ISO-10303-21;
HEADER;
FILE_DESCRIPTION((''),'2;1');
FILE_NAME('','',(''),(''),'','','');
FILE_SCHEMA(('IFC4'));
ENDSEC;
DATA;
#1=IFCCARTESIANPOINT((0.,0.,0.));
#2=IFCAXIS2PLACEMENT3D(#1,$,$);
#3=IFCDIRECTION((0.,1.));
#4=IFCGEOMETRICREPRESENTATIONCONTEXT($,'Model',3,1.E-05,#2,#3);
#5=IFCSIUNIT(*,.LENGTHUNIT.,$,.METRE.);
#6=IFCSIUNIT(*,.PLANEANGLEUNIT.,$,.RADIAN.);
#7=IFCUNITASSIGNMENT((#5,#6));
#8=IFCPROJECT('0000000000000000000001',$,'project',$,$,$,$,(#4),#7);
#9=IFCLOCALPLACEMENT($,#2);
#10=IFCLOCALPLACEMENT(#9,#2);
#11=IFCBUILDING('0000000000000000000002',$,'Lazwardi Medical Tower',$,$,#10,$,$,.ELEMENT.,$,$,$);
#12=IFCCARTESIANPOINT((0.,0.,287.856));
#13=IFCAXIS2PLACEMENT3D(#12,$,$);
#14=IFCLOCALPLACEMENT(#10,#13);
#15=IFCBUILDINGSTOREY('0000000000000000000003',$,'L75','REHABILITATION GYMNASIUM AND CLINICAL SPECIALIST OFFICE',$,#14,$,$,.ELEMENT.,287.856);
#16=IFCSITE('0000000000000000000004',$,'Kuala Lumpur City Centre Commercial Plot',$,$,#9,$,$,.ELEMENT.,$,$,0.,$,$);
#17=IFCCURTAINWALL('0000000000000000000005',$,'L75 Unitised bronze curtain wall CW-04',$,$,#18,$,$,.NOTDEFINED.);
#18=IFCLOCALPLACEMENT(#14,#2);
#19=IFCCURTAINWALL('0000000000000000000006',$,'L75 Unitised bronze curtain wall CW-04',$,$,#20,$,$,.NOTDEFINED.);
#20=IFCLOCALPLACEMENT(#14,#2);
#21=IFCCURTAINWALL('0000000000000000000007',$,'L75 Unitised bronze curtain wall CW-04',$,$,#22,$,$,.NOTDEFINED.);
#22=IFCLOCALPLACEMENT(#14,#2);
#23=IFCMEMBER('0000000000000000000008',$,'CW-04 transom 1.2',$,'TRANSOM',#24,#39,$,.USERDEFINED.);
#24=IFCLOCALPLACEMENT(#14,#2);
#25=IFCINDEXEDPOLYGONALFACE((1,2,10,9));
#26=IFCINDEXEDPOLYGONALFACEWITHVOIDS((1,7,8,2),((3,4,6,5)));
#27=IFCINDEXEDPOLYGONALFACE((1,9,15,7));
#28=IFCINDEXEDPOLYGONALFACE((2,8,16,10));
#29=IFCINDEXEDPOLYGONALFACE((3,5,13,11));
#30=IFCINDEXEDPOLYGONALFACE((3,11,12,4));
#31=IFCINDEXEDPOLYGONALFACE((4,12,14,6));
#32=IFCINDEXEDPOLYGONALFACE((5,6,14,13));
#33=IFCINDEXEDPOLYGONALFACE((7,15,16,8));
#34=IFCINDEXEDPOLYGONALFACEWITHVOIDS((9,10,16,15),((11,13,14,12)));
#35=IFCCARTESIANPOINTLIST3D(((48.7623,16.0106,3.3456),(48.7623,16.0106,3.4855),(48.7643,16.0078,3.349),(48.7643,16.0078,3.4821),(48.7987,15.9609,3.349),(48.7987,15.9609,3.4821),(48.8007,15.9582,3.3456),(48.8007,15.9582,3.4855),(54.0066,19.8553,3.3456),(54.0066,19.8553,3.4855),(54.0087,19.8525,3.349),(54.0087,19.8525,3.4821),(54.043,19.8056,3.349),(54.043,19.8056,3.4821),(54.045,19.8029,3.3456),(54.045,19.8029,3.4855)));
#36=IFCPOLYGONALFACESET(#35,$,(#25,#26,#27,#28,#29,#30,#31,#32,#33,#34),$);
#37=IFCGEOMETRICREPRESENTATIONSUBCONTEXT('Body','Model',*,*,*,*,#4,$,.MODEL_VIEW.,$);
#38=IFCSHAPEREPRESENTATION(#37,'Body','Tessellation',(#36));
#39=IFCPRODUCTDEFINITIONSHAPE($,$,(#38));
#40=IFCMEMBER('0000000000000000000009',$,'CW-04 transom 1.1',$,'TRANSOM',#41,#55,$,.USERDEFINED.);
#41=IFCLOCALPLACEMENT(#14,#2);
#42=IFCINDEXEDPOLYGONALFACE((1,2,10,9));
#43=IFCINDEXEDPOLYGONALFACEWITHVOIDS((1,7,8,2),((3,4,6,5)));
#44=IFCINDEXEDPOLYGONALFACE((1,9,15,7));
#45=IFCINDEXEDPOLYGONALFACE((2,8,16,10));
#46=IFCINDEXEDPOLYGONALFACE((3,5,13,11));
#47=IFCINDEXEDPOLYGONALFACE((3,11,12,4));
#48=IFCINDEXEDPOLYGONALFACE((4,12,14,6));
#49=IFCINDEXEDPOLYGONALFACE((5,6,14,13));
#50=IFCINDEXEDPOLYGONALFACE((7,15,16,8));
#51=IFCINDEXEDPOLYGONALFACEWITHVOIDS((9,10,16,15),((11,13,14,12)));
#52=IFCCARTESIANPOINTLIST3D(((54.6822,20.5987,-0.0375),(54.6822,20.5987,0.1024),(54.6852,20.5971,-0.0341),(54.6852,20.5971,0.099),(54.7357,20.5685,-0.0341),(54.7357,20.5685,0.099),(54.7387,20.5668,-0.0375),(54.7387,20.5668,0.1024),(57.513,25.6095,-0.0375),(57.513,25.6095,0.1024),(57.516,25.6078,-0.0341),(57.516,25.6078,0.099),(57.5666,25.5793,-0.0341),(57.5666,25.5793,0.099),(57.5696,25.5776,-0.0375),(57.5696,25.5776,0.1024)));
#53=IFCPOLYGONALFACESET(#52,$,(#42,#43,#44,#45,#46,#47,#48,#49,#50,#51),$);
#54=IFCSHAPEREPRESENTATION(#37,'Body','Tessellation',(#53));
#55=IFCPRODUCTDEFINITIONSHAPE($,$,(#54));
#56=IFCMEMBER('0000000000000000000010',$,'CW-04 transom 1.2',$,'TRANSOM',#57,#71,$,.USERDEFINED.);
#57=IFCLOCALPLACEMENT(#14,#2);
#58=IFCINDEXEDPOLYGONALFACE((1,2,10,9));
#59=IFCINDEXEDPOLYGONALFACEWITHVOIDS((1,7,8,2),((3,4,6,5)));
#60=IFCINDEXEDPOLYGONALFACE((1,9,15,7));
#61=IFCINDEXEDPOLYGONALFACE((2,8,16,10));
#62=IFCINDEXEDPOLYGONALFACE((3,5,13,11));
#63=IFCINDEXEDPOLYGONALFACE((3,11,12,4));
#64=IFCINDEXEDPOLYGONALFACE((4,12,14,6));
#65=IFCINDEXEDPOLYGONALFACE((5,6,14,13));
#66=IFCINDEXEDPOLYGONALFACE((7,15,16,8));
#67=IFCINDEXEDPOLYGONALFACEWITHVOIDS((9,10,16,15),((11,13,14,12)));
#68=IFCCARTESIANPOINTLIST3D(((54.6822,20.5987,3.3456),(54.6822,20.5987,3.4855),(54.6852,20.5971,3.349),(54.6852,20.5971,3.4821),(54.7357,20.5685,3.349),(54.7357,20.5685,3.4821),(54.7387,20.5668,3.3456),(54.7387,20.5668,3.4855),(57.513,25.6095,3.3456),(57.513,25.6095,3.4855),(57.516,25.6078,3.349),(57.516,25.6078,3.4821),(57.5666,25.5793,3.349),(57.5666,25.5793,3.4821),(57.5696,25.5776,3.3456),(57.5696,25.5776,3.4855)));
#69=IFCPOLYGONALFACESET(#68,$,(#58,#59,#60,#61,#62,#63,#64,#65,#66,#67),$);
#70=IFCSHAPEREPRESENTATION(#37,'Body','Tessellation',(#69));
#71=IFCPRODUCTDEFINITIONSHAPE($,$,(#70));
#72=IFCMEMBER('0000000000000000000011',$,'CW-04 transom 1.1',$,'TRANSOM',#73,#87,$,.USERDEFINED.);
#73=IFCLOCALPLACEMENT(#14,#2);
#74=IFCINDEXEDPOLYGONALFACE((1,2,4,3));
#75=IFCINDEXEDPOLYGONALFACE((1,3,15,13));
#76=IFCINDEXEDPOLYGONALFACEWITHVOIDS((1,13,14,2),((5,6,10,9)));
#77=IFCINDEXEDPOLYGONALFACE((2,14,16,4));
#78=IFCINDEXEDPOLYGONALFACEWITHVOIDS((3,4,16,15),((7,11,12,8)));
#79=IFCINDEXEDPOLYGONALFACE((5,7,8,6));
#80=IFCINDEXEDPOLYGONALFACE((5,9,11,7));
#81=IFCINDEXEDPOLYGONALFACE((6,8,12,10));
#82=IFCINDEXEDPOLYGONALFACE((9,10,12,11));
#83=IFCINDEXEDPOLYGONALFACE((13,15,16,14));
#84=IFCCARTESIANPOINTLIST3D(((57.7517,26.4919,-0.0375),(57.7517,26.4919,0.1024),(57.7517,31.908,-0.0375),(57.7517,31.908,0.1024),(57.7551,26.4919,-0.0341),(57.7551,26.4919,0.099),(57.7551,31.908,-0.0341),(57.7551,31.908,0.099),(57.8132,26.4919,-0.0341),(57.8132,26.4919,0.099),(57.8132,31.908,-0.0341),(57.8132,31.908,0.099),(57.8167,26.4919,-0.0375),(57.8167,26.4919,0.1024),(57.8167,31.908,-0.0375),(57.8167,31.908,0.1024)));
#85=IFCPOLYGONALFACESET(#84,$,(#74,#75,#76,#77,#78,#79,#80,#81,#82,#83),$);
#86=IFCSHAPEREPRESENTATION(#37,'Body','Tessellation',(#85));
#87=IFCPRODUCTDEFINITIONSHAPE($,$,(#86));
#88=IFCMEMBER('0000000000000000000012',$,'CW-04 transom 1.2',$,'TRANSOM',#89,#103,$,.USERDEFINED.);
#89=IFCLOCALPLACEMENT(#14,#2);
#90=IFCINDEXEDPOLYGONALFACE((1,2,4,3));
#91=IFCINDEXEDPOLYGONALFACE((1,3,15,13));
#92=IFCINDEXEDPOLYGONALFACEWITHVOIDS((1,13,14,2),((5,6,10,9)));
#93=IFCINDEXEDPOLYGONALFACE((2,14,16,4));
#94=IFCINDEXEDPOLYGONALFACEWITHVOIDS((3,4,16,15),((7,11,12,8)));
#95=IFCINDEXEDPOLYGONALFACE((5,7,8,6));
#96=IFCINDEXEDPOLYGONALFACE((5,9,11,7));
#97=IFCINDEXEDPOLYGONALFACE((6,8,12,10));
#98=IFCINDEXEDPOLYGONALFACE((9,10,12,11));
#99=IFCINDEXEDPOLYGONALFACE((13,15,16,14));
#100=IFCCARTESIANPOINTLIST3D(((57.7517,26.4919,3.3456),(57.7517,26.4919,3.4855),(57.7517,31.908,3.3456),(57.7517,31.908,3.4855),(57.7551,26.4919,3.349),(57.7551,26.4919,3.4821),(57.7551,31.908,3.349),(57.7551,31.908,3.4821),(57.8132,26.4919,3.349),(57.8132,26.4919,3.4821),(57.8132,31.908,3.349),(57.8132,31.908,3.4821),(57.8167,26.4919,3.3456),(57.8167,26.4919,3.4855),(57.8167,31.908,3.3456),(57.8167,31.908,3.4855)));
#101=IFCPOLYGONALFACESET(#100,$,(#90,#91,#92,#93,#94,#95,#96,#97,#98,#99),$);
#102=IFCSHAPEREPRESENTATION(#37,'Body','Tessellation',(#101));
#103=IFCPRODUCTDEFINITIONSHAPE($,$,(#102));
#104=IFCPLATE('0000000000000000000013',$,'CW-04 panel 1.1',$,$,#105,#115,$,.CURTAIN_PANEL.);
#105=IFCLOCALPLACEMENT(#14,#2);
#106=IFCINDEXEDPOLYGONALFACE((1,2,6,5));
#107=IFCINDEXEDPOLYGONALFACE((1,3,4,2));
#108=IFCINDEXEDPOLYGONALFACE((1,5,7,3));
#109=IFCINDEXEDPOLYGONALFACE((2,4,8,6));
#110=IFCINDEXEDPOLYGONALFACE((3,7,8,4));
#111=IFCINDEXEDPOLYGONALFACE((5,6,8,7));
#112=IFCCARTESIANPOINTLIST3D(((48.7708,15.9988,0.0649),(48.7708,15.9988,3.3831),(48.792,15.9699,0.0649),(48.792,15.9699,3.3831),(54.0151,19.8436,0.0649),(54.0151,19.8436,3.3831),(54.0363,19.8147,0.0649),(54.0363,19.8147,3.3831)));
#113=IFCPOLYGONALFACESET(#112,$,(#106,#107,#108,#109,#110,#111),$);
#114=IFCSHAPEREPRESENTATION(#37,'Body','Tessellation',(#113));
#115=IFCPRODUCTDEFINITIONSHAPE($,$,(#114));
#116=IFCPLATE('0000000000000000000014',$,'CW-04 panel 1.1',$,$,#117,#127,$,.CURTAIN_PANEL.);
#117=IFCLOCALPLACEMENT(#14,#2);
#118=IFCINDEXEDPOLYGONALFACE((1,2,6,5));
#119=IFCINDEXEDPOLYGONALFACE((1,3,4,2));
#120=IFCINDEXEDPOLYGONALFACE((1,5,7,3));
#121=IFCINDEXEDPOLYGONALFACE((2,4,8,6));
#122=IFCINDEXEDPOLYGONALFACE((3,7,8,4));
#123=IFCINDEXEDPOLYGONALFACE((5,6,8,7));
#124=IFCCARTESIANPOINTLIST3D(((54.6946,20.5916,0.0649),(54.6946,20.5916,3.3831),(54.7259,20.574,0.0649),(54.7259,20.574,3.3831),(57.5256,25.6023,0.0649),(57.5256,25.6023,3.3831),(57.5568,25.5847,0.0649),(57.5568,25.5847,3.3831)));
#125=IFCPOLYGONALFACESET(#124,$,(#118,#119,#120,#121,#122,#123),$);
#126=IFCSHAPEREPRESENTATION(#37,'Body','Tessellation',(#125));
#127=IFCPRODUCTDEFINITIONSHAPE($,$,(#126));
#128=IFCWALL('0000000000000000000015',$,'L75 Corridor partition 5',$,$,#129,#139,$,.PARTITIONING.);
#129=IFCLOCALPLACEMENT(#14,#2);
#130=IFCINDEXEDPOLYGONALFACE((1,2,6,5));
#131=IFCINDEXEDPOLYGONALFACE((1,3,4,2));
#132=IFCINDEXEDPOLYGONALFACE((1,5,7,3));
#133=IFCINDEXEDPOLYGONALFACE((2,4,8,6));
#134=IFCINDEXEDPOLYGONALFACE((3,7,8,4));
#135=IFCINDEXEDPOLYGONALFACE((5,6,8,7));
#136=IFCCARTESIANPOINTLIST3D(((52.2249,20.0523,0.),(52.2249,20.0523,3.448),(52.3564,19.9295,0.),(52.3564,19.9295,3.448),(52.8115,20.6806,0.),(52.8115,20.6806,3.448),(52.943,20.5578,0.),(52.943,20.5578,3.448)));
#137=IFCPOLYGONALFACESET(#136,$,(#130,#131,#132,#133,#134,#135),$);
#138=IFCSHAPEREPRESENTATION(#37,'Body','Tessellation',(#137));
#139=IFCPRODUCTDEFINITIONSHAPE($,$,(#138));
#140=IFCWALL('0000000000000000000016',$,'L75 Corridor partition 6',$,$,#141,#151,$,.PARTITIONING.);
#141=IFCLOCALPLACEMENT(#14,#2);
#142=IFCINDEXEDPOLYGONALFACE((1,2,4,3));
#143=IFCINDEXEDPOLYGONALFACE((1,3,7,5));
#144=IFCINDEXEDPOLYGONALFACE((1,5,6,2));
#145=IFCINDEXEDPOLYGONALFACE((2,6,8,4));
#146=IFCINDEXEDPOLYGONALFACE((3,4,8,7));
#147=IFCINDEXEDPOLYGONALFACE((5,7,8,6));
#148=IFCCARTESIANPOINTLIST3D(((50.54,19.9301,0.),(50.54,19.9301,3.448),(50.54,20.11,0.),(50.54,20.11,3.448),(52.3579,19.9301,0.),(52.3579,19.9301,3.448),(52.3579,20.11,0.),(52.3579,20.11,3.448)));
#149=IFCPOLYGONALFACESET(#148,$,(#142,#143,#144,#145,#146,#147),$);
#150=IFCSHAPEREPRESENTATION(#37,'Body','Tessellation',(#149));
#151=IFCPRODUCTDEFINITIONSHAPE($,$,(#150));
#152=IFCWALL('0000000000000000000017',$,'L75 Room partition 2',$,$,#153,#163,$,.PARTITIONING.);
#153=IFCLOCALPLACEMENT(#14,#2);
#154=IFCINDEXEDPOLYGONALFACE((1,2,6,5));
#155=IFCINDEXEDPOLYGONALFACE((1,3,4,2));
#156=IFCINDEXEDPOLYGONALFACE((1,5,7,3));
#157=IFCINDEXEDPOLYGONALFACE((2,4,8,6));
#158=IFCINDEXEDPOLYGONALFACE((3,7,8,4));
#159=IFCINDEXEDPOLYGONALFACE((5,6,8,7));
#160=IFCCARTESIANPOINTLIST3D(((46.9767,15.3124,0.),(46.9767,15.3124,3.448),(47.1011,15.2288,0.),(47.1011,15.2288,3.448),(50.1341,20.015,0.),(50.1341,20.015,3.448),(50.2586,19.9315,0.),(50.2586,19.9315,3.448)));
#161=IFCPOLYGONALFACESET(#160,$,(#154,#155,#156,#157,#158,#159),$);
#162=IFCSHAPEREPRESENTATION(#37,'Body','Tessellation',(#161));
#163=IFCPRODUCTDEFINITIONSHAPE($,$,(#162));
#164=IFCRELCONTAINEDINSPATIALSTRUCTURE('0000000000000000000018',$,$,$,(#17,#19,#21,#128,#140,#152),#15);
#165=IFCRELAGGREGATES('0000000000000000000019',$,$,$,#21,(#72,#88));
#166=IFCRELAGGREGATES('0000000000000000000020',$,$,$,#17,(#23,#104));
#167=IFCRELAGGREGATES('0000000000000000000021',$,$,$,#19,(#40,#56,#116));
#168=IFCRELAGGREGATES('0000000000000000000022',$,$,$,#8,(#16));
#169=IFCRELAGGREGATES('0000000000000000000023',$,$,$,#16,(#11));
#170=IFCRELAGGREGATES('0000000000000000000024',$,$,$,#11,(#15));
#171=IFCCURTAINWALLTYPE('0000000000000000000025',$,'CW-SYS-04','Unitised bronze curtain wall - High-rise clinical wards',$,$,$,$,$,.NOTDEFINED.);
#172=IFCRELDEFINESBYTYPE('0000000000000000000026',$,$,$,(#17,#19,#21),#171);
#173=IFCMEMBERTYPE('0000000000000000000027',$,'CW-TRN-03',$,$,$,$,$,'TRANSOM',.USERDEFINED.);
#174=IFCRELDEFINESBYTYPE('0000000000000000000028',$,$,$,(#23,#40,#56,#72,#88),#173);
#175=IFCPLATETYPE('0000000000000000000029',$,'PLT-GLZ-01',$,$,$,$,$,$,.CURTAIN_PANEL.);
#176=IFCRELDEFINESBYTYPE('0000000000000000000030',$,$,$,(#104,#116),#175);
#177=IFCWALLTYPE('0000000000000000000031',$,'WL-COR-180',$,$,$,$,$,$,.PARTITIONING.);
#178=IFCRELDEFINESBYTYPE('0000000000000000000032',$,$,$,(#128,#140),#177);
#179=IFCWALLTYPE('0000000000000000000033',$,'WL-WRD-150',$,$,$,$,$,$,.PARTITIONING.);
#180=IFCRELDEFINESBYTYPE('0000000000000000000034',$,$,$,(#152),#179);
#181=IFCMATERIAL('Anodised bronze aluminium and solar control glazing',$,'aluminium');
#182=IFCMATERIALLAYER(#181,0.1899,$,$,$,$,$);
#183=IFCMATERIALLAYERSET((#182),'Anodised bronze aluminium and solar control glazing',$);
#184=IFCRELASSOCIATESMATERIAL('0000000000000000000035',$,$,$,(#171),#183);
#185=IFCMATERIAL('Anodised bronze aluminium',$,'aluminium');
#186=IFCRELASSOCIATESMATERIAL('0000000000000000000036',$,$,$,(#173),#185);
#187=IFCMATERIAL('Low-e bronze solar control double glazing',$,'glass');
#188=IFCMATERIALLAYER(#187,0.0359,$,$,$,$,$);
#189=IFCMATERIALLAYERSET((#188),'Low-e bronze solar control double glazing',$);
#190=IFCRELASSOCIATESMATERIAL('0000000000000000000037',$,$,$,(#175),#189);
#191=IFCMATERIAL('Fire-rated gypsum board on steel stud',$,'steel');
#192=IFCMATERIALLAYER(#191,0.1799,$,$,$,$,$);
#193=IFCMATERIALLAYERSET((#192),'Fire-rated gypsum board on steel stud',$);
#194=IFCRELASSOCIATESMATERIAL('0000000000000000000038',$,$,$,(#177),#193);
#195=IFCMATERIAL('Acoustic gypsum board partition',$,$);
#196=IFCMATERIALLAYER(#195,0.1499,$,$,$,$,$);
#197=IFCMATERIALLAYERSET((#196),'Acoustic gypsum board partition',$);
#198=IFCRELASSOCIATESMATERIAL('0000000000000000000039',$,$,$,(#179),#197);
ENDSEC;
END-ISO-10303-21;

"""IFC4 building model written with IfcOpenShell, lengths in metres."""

from ifc_helpers import new_model, si_unit, direction, frame, frame_2d, origin, origin_2d, place, context, subcontext, project, spatial, rectangle, hollow_rectangle, extrude, material, layer, layer_set, material_profile, profile_set, type_object, element, aggregate, save


model = new_model("IFC4")

# Units and contexts
model_context = context("Model", 3, precision=1e-05, world=origin(), true_north=direction((0.0, 1.0)))
body_context = subcontext(model_context, "Body", "Model", "MODEL_VIEW")
ifc_project = project(units=[si_unit("LENGTHUNIT", "METRE"), si_unit("PLANEANGLEUNIT", "RADIAN")], contexts=[model_context])

# Site, building, storey
site_placement = place(None, origin())
site = spatial("IfcSite", under=ifc_project, at=site_placement, Name="Kuala Lumpur City Centre Commercial Plot", CompositionType="ELEMENT", RefElevation=0.0)
building_placement = place(site_placement, origin())
building = spatial("IfcBuilding", under=site, at=building_placement, Name="Lazwardi Medical Tower", CompositionType="ELEMENT")
storey_placement = place(building_placement, frame((0.0, 0.0, 287.856)))
storey = spatial("IfcBuildingStorey", under=building, at=storey_placement, Name="L75", Description="REHABILITATION GYMNASIUM AND CLINICAL SPECIALIST OFFICE", CompositionType="ELEMENT", Elevation=287.856)

# Curtain walls
ifc_material_1 = material(Name="Anodised bronze aluminium and solar control glazing", Category="aluminium")
ifc_layer_1 = layer(ifc_material_1, 0.1899)
ifc_layer_set_1 = layer_set([ifc_layer_1], Name="Anodised bronze aluminium and solar control glazing")
curtain_wall_type = type_object("IfcCurtainWallType", Name="CW-SYS-04", Description="Unitised bronze curtain wall - High-rise clinical wards", PredefinedType="NOTDEFINED", material=ifc_layer_set_1)
curtain_wall_1_placement = place(storey_placement, origin())
curtain_wall_1 = element("IfcCurtainWall", 1, at=curtain_wall_1_placement, inside=storey, type_object=curtain_wall_type, Name="L75 Unitised bronze curtain wall CW-04", PredefinedType="NOTDEFINED")
ifc_material_2 = material(Name="Anodised bronze aluminium", Category="aluminium")
curtain_wall_2_placement = place(storey_placement, origin())
curtain_wall_2 = element("IfcCurtainWall", 2, at=curtain_wall_2_placement, inside=storey, type_object=curtain_wall_type, Name="L75 Unitised bronze curtain wall CW-04", PredefinedType="NOTDEFINED")

# Curtain wall
curtain_wall_3_placement = place(storey_placement, origin())
curtain_wall_3 = element("IfcCurtainWall", 3, at=curtain_wall_3_placement, inside=storey, type_object=curtain_wall_type, Name="L75 Unitised bronze curtain wall CW-04", PredefinedType="NOTDEFINED")

# Members
ifc_material_profile_1 = material_profile(ifc_material_2, hollow_rectangle(XDim=0.0649, YDim=0.1399, WallThickness=0.0034, at=origin_2d()), Name="ALU-TRANSOM 140x65x3.5")
ifc_profile_set_1 = profile_set([ifc_material_profile_1], Name="Anodised bronze aluminium")
member_type_1 = type_object("IfcMemberType", Name="CW-TRN-03", ElementType="TRANSOM", PredefinedType="USERDEFINED", material=ifc_profile_set_1)
member_1_placement = place(storey_placement, frame((48.7815, 15.9844, 3.4155), z_axis=(0.80649, 0.591248, 0.0), x_axis=(-0.591248, 0.80649, 0.0)))
member_1 = element("IfcMember", 4, at=member_1_placement, type_object=member_type_1, Name="CW-04 transom 1.2", ObjectType="TRANSOM", PredefinedType="USERDEFINED", context=body_context, shape_type="SweptSolid", body=[
    extrude(hollow_rectangle(XDim=0.0649, YDim=0.1399, WallThickness=0.0034, at=origin_2d()), origin(), (0.0, 0.0, 1.0), 6.5027),
])
member_2_placement = place(storey_placement, frame((54.7104, 20.5828, 0.0325), z_axis=(0.49188, 0.870663, 0.0), x_axis=(-0.870663, 0.49188, 0.0)))
member_2 = element("IfcMember", 5, at=member_2_placement, type_object=member_type_1, Name="CW-04 transom 1.1", ObjectType="TRANSOM", PredefinedType="USERDEFINED", context=body_context, shape_type="SweptSolid", body=[
    extrude(hollow_rectangle(XDim=0.0649, YDim=0.1399, WallThickness=0.0034, at=origin_2d()), origin(), (0.0, 0.0, 1.0), 5.7551),
])
member_3_placement = place(storey_placement, frame((54.7104, 20.5828, 3.4155), z_axis=(0.49188, 0.870663, 0.0), x_axis=(-0.870663, 0.49188, 0.0)))
member_3 = element("IfcMember", 6, at=member_3_placement, type_object=member_type_1, Name="CW-04 transom 1.2", ObjectType="TRANSOM", PredefinedType="USERDEFINED", context=body_context, shape_type="SweptSolid", body=[
    extrude(hollow_rectangle(XDim=0.0649, YDim=0.1399, WallThickness=0.0034, at=origin_2d()), origin(), (0.0, 0.0, 1.0), 5.7551),
])
member_4_placement = place(storey_placement, frame((57.7842, 26.4919, 0.0325), z_axis=(0.0, 1.0, 0.0), x_axis=(-1.0, 0.0, 0.0)))
member_4 = element("IfcMember", 7, at=member_4_placement, type_object=member_type_1, Name="CW-04 transom 1.1", ObjectType="TRANSOM", PredefinedType="USERDEFINED", context=body_context, shape_type="SweptSolid", body=[
    extrude(hollow_rectangle(XDim=0.0649, YDim=0.1399, WallThickness=0.0034, at=origin_2d()), origin(), (0.0, 0.0, 1.0), 5.416),
])
member_5_placement = place(storey_placement, frame((57.7842, 26.4919, 3.4155), z_axis=(0.0, 1.0, 0.0), x_axis=(-1.0, 0.0, 0.0)))
member_5 = element("IfcMember", 8, at=member_5_placement, type_object=member_type_1, Name="CW-04 transom 1.2", ObjectType="TRANSOM", PredefinedType="USERDEFINED", context=body_context, shape_type="SweptSolid", body=[
    extrude(hollow_rectangle(XDim=0.0649, YDim=0.1399, WallThickness=0.0034, at=origin_2d()), origin(), (0.0, 0.0, 1.0), 5.416),
])
aggregate(curtain_wall_3, [member_4, member_5])

# Plates
ifc_material_3 = material(Name="Low-e bronze solar control double glazing", Category="glass")
ifc_layer_2 = layer(ifc_material_3, 0.0359)
ifc_layer_set_2 = layer_set([ifc_layer_2], Name="Low-e bronze solar control double glazing")
plate_type = type_object("IfcPlateType", Name="PLT-GLZ-01", PredefinedType="CURTAIN_PANEL", material=ifc_layer_set_2)
plate_1_placement = place(storey_placement, frame((51.4036, 17.9067, 0.0649), z_axis=(0.0, 0.0, 1.0), x_axis=(0.806475, 0.591268, 0.0)))
plate_1 = element("IfcPlate", 9, at=plate_1_placement, type_object=plate_type, Name="CW-04 panel 1.1", PredefinedType="CURTAIN_PANEL", context=body_context, shape_type="SweptSolid", body=[
    extrude(rectangle(XDim=6.5027, YDim=0.0359, at=origin_2d()), origin(), (0.0, 0.0, 1.0), 3.3181),
])
aggregate(curtain_wall_1, [member_1, plate_1])
plate_2_placement = place(storey_placement, frame((56.1257, 23.0881, 0.0649), z_axis=(0.0, 0.0, 1.0), x_axis=(0.4919, 0.870651, 0.0)))
plate_2 = element("IfcPlate", 10, at=plate_2_placement, type_object=plate_type, Name="CW-04 panel 1.1", PredefinedType="CURTAIN_PANEL", context=body_context, shape_type="SweptSolid", body=[
    extrude(rectangle(XDim=5.7551, YDim=0.0359, at=origin_2d()), origin(), (0.0, 0.0, 1.0), 3.3181),
])
aggregate(curtain_wall_2, [member_2, member_3, plate_2])

# Walls
ifc_material_4 = material(Name="Fire-rated gypsum board on steel stud", Category="steel")
ifc_layer_3 = layer(ifc_material_4, 0.1799)
ifc_layer_set_3 = layer_set([ifc_layer_3], Name="Fire-rated gypsum board on steel stud")
wall_type_1 = type_object("IfcWallType", Name="WL-COR-180", PredefinedType="PARTITIONING", material=ifc_layer_set_3)
wall_1_placement = place(storey_placement, frame((52.8772, 20.6191, 0.0), z_axis=(0.0, 0.0, 1.0), x_axis=(-0.682409, -0.73097, 0.0)))
element("IfcWall", 11, at=wall_1_placement, inside=storey, type_object=wall_type_1, Name="L75 Corridor partition 5", PredefinedType="PARTITIONING", context=body_context, shape_type="SweptSolid", body=[
    extrude(rectangle(XDim=0.8596, YDim=0.1799, at=frame_2d((0.4297, 0.0))), origin(), (0.0, 0.0, 1.0), 3.448),
])
wall_2_placement = place(storey_placement, frame((52.3579, 20.02, 0.0), z_axis=(0.0, 0.0, 1.0), x_axis=(-1.0, 0.0, 0.0)))
element("IfcWall", 12, at=wall_2_placement, inside=storey, type_object=wall_type_1, Name="L75 Corridor partition 6", PredefinedType="PARTITIONING", context=body_context, shape_type="SweptSolid", body=[
    extrude(rectangle(XDim=1.8179, YDim=0.1799, at=frame_2d((0.9089, 0.0))), origin(), (0.0, 0.0, 1.0), 3.448),
])
ifc_material_5 = material(Name="Acoustic gypsum board partition")
ifc_layer_4 = layer(ifc_material_5, 0.1499)
ifc_layer_set_4 = layer_set([ifc_layer_4], Name="Acoustic gypsum board partition")
wall_type_2 = type_object("IfcWallType", Name="WL-WRD-150", PredefinedType="PARTITIONING", material=ifc_layer_set_4)
wall_3_placement = place(storey_placement, frame((50.1963, 19.9731, 0.0), z_axis=(0.0, 0.0, 1.0), x_axis=(-0.557432, -0.830222, 0.0)))
element("IfcWall", 13, at=wall_3_placement, inside=storey, type_object=wall_type_2, Name="L75 Room partition 2", PredefinedType="PARTITIONING", context=body_context, shape_type="SweptSolid", body=[
    extrude(rectangle(XDim=5.6643, YDim=0.1499, at=frame_2d((2.832, 0.0))), origin(), (0.0, 0.0, 1.0), 3.448),
])

save(model, "model.ifc")
